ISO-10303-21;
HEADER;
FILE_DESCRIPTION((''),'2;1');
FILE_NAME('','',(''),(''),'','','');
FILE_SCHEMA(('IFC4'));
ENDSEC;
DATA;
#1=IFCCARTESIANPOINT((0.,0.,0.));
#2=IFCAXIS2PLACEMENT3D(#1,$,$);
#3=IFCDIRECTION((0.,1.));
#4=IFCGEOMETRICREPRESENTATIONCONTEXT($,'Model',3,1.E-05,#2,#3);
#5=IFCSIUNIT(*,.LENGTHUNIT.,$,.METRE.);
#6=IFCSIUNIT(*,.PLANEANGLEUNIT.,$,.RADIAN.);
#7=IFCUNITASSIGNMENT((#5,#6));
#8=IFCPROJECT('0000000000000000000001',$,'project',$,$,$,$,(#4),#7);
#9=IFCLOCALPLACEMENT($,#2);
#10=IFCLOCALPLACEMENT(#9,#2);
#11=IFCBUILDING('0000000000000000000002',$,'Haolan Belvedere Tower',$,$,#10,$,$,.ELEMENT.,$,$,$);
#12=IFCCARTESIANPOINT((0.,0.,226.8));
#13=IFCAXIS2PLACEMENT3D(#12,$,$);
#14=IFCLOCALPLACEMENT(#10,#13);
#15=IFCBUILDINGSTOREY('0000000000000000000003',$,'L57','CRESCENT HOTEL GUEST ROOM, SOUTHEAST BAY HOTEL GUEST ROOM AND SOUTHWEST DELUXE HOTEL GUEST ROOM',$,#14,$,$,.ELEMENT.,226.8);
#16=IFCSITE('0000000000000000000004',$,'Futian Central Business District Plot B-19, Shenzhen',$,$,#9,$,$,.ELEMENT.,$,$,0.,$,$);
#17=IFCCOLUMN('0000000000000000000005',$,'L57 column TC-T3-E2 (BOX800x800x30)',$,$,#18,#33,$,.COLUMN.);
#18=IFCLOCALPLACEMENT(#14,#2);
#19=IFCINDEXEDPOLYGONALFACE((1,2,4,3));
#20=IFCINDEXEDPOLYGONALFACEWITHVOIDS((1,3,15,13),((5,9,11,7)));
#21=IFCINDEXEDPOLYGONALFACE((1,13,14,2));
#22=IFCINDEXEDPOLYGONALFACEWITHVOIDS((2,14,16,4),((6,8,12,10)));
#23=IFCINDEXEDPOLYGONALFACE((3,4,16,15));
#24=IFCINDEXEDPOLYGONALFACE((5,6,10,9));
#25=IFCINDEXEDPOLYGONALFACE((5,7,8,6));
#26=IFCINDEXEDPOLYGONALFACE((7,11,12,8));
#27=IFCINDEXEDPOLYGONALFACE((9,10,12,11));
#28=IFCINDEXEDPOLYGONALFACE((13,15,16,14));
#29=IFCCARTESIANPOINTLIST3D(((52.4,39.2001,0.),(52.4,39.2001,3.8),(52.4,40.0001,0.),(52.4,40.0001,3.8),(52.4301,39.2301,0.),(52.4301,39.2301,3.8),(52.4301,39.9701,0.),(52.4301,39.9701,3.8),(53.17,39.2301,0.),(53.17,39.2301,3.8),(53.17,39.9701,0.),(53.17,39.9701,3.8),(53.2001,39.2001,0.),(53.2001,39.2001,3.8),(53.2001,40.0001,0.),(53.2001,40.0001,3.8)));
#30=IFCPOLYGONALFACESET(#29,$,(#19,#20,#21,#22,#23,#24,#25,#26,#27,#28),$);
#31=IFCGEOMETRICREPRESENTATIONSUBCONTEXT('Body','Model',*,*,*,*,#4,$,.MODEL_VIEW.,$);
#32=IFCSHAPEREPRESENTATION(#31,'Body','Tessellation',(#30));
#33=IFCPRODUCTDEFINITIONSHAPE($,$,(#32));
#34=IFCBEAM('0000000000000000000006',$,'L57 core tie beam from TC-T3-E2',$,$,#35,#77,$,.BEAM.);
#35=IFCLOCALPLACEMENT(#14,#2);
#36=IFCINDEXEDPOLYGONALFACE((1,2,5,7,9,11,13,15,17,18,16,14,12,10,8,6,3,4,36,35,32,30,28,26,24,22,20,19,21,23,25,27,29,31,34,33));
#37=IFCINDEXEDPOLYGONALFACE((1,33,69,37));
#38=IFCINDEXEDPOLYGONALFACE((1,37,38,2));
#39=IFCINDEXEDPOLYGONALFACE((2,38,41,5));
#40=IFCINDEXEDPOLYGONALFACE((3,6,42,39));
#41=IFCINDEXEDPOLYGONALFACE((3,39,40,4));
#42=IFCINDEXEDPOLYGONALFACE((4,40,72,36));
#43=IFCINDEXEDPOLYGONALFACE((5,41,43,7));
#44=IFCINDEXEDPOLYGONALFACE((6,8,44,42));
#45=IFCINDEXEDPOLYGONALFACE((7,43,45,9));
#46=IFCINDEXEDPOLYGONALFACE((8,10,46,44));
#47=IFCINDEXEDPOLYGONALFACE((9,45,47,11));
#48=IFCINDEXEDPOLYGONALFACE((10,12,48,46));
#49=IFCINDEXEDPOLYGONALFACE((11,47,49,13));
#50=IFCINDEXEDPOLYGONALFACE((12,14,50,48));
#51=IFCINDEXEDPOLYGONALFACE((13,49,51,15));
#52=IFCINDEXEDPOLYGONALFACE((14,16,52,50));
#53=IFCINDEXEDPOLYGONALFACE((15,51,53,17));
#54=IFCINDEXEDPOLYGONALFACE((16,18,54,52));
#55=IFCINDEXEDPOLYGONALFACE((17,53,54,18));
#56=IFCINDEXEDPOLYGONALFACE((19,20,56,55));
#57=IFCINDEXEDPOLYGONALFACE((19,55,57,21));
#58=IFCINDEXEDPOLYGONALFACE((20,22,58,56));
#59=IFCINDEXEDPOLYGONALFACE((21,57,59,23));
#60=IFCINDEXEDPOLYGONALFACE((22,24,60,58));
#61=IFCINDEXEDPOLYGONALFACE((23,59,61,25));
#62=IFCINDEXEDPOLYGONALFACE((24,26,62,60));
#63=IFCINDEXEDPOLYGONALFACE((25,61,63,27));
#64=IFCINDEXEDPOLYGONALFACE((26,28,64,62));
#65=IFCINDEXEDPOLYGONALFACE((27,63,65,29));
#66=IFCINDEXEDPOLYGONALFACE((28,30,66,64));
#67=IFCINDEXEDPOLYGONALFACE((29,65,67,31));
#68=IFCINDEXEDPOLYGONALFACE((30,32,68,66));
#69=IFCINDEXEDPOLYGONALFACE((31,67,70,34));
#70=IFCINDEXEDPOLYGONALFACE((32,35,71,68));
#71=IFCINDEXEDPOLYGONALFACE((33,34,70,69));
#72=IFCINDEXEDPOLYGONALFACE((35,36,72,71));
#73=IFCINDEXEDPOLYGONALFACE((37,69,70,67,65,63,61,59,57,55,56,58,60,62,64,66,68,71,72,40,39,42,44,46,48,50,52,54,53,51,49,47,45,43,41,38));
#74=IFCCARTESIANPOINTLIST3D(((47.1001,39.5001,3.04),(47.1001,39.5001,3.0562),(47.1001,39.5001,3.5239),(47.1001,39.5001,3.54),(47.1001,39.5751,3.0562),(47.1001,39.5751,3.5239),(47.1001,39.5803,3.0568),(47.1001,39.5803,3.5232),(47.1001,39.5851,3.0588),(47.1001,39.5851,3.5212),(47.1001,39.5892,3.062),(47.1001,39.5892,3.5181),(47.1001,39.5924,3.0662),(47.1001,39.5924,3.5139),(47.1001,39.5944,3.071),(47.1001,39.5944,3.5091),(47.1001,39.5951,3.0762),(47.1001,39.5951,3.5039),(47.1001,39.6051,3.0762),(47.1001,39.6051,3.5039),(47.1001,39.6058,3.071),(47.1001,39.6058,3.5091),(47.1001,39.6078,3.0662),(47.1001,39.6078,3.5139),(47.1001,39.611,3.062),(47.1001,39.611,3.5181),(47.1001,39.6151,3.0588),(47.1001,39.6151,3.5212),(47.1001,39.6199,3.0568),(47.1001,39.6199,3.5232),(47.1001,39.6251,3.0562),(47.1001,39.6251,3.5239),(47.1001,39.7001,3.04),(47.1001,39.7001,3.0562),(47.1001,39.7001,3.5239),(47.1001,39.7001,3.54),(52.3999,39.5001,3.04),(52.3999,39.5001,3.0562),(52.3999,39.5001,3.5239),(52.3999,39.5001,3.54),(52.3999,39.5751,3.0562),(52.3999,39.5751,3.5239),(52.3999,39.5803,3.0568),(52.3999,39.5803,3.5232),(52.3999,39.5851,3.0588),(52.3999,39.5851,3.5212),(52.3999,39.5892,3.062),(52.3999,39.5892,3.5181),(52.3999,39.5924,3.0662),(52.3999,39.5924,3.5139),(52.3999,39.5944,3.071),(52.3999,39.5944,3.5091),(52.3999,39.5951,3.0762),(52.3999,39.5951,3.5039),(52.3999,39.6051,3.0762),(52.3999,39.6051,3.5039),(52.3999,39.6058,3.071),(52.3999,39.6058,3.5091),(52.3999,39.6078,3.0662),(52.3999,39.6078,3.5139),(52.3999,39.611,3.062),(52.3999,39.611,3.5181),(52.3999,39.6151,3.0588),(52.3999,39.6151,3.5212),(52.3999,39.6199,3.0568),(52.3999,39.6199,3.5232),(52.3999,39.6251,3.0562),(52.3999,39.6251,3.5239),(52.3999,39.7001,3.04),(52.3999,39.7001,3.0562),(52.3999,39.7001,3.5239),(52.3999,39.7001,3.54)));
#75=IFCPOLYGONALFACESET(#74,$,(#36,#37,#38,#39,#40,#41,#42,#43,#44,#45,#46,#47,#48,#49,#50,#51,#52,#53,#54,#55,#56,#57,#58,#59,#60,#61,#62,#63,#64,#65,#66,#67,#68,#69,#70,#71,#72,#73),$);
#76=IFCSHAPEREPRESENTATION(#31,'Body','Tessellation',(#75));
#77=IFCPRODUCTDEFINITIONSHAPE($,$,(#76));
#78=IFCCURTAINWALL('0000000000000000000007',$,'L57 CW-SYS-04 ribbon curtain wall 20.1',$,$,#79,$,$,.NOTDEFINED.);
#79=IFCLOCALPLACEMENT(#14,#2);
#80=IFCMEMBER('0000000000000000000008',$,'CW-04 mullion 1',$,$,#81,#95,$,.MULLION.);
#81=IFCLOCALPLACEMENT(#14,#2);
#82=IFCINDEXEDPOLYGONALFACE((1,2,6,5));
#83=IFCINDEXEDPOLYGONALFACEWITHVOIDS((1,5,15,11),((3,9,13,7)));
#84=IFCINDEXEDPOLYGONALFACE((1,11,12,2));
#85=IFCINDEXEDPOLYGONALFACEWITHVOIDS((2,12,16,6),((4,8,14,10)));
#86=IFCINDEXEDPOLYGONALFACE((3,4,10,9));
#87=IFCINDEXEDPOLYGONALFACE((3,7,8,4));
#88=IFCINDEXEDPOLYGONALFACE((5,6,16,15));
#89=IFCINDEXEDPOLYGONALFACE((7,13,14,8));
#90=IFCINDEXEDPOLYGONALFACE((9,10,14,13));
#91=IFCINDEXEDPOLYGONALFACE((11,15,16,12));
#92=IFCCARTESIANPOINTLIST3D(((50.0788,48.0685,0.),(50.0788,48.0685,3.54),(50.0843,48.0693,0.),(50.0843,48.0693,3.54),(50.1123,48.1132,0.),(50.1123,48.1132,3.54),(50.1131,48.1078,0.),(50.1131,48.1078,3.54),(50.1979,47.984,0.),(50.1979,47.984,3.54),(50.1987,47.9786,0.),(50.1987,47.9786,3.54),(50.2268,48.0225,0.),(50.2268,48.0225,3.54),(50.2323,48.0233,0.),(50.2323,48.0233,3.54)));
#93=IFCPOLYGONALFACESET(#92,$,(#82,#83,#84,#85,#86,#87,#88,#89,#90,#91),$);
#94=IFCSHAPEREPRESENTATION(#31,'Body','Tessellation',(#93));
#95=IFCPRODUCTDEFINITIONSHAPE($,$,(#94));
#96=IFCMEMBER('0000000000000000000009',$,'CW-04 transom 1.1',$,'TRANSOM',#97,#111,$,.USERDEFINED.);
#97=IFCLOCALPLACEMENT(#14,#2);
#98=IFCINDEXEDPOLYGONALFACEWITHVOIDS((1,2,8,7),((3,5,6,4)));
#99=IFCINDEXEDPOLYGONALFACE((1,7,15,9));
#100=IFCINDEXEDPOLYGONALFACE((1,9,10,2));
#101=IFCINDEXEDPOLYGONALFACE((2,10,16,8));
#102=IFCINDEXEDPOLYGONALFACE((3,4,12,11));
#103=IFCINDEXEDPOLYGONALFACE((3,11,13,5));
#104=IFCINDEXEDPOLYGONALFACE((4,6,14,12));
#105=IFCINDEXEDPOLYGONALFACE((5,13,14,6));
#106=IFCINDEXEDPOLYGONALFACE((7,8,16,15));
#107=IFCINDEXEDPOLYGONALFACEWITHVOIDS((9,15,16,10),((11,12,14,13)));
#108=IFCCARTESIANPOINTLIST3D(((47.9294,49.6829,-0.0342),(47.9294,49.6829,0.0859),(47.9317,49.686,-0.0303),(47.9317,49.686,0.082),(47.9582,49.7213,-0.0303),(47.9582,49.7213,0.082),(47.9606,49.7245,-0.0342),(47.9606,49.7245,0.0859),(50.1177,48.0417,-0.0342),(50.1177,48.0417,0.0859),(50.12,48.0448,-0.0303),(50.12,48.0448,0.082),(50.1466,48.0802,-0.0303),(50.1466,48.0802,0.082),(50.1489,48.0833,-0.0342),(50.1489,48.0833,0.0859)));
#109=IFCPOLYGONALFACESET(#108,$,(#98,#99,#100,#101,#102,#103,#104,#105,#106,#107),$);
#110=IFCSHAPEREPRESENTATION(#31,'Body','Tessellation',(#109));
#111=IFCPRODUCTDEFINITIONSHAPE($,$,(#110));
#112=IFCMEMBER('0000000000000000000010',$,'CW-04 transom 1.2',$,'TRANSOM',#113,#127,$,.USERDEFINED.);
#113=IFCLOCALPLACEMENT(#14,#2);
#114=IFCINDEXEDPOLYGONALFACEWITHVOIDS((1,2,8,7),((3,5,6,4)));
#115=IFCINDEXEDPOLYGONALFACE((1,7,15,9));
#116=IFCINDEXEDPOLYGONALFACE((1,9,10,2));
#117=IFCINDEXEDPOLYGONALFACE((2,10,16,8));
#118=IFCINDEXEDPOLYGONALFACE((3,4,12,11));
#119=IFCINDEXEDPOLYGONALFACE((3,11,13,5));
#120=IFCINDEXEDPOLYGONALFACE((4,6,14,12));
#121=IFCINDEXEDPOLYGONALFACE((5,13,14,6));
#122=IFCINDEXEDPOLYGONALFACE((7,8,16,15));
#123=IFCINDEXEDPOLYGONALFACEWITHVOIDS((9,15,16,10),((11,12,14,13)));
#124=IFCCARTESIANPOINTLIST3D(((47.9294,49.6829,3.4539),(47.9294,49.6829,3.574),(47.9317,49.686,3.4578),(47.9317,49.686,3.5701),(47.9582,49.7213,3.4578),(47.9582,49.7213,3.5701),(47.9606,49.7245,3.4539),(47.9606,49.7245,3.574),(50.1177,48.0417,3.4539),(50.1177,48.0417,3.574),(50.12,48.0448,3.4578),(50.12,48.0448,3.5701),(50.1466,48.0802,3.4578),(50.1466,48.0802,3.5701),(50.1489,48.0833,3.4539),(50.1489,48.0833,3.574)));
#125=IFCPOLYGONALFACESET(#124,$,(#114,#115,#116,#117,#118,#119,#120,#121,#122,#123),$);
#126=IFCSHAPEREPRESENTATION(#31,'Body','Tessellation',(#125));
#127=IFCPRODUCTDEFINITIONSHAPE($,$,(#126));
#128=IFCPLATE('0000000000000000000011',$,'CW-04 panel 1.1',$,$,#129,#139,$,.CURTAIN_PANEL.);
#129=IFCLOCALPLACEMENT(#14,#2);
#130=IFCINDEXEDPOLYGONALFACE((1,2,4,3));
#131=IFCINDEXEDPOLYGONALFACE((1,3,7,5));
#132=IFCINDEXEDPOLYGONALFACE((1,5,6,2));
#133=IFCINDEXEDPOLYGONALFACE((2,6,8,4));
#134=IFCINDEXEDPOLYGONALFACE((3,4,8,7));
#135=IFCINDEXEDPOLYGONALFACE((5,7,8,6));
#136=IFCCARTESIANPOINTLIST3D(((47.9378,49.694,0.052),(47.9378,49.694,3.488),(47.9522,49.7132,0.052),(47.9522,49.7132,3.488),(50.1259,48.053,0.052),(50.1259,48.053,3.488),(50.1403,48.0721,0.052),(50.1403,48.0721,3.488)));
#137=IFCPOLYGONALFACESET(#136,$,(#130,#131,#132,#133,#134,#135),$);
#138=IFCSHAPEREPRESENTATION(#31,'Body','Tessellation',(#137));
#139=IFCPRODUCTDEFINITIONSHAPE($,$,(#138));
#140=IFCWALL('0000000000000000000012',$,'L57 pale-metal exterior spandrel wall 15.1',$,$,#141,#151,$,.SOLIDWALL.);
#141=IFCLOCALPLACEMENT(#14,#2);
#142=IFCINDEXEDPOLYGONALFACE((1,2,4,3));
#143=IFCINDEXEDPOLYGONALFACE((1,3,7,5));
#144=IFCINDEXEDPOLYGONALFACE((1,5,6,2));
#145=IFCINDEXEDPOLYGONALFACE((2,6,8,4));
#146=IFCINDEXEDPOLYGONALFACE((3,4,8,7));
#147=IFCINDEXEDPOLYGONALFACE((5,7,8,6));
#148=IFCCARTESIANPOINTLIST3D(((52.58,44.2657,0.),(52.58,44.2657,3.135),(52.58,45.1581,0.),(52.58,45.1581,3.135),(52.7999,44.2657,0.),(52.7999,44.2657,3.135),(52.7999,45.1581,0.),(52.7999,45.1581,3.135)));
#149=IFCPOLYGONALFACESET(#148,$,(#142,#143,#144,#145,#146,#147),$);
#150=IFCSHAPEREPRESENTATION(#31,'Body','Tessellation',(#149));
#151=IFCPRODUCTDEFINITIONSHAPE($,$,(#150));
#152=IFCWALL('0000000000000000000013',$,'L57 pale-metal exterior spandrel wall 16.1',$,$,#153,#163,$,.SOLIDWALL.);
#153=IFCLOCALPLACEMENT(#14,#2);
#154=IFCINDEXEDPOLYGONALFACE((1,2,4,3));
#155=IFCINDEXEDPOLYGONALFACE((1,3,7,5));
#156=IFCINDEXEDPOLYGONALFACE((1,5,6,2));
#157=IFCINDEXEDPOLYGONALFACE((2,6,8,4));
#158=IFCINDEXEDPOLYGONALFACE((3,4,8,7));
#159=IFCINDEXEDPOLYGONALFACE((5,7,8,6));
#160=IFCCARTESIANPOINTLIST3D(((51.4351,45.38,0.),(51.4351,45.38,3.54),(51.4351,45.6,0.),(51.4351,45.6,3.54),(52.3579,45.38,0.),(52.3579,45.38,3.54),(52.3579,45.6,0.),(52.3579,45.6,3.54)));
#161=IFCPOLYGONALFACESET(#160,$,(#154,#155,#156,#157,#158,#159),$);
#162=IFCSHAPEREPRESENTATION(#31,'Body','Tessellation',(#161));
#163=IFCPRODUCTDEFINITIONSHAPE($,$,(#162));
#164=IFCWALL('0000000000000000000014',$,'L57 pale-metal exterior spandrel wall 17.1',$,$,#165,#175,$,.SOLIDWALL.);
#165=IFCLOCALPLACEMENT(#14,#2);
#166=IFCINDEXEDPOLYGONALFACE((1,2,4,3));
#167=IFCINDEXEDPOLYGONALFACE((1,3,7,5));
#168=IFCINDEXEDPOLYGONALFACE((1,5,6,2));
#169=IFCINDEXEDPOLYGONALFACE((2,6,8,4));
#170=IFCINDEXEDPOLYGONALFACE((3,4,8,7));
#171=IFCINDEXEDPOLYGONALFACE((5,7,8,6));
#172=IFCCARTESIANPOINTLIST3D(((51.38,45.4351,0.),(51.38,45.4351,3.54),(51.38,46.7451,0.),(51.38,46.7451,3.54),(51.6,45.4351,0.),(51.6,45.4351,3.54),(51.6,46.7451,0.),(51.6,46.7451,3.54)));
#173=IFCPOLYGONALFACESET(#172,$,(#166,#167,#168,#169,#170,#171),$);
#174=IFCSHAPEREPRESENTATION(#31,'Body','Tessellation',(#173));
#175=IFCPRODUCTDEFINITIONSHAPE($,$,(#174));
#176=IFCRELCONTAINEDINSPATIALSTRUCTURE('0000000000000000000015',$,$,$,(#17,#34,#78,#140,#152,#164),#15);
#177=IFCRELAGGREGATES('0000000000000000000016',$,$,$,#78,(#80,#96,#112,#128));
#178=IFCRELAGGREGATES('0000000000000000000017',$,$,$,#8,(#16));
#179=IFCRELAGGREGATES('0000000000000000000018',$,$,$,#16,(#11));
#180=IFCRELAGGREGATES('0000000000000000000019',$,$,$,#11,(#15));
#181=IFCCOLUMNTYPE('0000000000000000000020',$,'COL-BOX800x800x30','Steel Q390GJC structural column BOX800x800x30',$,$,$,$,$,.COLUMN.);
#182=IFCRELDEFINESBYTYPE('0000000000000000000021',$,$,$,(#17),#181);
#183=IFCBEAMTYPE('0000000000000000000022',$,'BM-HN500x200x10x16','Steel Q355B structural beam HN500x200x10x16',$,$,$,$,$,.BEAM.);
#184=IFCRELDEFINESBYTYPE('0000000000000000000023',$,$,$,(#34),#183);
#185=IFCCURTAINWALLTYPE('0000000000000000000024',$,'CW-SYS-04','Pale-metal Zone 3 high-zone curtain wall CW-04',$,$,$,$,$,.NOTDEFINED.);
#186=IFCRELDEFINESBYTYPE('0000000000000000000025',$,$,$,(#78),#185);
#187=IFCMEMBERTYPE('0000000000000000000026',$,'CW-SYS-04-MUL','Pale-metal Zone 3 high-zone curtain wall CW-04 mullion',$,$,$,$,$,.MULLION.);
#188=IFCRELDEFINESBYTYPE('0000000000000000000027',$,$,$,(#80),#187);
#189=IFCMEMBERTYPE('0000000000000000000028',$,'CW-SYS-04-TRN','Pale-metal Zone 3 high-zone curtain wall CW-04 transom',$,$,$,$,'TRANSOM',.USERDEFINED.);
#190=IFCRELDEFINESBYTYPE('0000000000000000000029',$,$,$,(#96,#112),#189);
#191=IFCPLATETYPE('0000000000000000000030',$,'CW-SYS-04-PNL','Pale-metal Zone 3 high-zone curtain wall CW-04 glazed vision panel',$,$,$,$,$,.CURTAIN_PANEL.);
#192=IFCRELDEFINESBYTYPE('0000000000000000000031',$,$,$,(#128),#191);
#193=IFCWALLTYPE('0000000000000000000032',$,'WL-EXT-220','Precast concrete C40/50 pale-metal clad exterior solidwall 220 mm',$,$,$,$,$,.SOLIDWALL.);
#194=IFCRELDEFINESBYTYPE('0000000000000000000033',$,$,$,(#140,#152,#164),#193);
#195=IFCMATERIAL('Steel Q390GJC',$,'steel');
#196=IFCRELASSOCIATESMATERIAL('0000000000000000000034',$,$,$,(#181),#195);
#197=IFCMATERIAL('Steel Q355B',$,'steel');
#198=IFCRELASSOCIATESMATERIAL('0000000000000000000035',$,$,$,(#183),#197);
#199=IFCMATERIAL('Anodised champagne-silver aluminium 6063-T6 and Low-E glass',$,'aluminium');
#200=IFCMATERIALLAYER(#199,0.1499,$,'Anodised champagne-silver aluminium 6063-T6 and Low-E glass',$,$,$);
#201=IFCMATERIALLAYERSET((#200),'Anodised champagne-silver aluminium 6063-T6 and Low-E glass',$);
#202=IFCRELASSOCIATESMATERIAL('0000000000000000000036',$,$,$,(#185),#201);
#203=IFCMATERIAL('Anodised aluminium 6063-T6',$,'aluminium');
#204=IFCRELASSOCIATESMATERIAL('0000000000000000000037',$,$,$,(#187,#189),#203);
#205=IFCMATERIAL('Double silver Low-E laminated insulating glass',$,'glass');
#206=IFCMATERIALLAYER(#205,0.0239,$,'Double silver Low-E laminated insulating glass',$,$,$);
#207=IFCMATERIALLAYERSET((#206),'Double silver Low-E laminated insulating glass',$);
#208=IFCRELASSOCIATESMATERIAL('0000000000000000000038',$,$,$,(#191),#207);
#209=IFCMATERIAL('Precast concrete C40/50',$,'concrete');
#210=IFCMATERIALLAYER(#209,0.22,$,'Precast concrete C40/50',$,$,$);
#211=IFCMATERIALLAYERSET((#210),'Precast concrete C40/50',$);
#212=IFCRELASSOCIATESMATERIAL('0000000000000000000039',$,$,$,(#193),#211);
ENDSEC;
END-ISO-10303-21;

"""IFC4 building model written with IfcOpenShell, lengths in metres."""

from ifc_helpers import new_model, si_unit, direction, frame, frame_2d, origin, origin_2d, place, context, subcontext, project, spatial, rectangle, hollow_rectangle, i_section, extrude, material, layer, layer_set, material_profile, profile_set, type_object, element, aggregate, save


model = new_model("IFC4")

# Units and contexts
model_context = context("Model", 3, precision=1e-05, world=origin(), true_north=direction((0.0, 1.0)))
body_context = subcontext(model_context, "Body", "Model", "MODEL_VIEW")
ifc_project = project(units=[si_unit("LENGTHUNIT", "METRE"), si_unit("PLANEANGLEUNIT", "RADIAN")], contexts=[model_context])

# Site, building, storey
site_placement = place(None, origin())
site = spatial("IfcSite", under=ifc_project, at=site_placement, Name="Futian Central Business District Plot B-19, Shenzhen", CompositionType="ELEMENT", RefElevation=0.0)
building_placement = place(site_placement, origin())
building = spatial("IfcBuilding", under=site, at=building_placement, Name="Haolan Belvedere Tower", CompositionType="ELEMENT")
storey_placement = place(building_placement, frame((0.0, 0.0, 226.8)))
storey = spatial("IfcBuildingStorey", under=building, at=storey_placement, Name="L57", Description="CRESCENT HOTEL GUEST ROOM, SOUTHEAST BAY HOTEL GUEST ROOM AND SOUTHWEST DELUXE HOTEL GUEST ROOM", CompositionType="ELEMENT", Elevation=226.8)

# Column
ifc_material_1 = material(Name="Steel Q390GJC", Category="steel")
ifc_material_profile_1 = material_profile(ifc_material_1, hollow_rectangle(XDim=0.8, YDim=0.8, WallThickness=0.03, at=origin_2d()), Name="Steel Q390GJC")
ifc_profile_set_1 = profile_set([ifc_material_profile_1], Name="Steel Q390GJC")
column_type = type_object("IfcColumnType", Name="COL-BOX800x800x30", Description="Steel Q390GJC structural column BOX800x800x30", PredefinedType="COLUMN", material=ifc_profile_set_1)
column_placement = place(storey_placement, frame((52.8, 39.6001, 0.0), z_axis=(0.0, 0.0, 1.0), x_axis=(1.0, 0.0, 0.0)))
element("IfcColumn", 1, at=column_placement, inside=storey, type_object=column_type, Name="L57 column TC-T3-E2 (BOX800x800x30)", PredefinedType="COLUMN", context=body_context, shape_type="SweptSolid", body=[
    extrude(hollow_rectangle(XDim=0.8, YDim=0.8, WallThickness=0.03, at=origin_2d()), origin(), (0.0, 0.0, 1.0), 3.8),
])

# Beam
ifc_material_2 = material(Name="Steel Q355B", Category="steel")
ifc_material_profile_2 = material_profile(ifc_material_2, i_section(OverallWidth=0.2, OverallDepth=0.5, WebThickness=0.01, FlangeThickness=0.0161, FilletRadius=0.02, at=origin_2d()), Name="Steel Q355B")
ifc_profile_set_2 = profile_set([ifc_material_profile_2], Name="Steel Q355B")
beam_type = type_object("IfcBeamType", Name="BM-HN500x200x10x16", Description="Steel Q355B structural beam HN500x200x10x16", PredefinedType="BEAM", material=ifc_profile_set_2)
beam_placement = place(storey_placement, frame((52.3999, 39.6001, 3.29), z_axis=(-1.0, 0.0, 0.0), x_axis=(0.0, -1.0, 0.0)))
element("IfcBeam", 2, at=beam_placement, inside=storey, type_object=beam_type, Name="L57 core tie beam from TC-T3-E2", PredefinedType="BEAM", context=body_context, shape_type="SweptSolid", body=[
    extrude(i_section(OverallWidth=0.2, OverallDepth=0.5, WebThickness=0.01, FlangeThickness=0.0161, FilletRadius=0.02, at=origin_2d()), origin(), (0.0, 0.0, 1.0), 5.2998),
])

# Curtain wall, members, plate
ifc_material_3 = material(Name="Anodised champagne-silver aluminium 6063-T6 and Low-E glass", Category="aluminium")
ifc_layer_1 = layer(ifc_material_3, 0.1499, Name="Anodised champagne-silver aluminium 6063-T6 and Low-E glass")
ifc_layer_set_1 = layer_set([ifc_layer_1], Name="Anodised champagne-silver aluminium 6063-T6 and Low-E glass")
curtain_wall_type = type_object("IfcCurtainWallType", Name="CW-SYS-04", Description="Pale-metal Zone 3 high-zone curtain wall CW-04", PredefinedType="NOTDEFINED", material=ifc_layer_set_1)
curtain_wall_placement = place(storey_placement, origin())
curtain_wall = element("IfcCurtainWall", 3, at=curtain_wall_placement, inside=storey, type_object=curtain_wall_type, Name="L57 CW-SYS-04 ribbon curtain wall 20.1", PredefinedType="NOTDEFINED")
ifc_material_4 = material(Name="Anodised aluminium 6063-T6", Category="aluminium")
ifc_material_profile_3 = material_profile(ifc_material_4, hollow_rectangle(XDim=0.0559, YDim=0.1499, WallThickness=0.0039, at=origin_2d()), Name="Anodised aluminium 6063-T6")
ifc_profile_set_3 = profile_set([ifc_material_profile_3], Name="Anodised aluminium 6063-T6")
member_type_1 = type_object("IfcMemberType", Name="CW-SYS-04-MUL", Description="Pale-metal Zone 3 high-zone curtain wall CW-04 mullion", PredefinedType="MULLION", material=ifc_profile_set_3)
member_1_placement = place(storey_placement, frame((50.1555, 48.0459, 0.0), z_axis=(0.0, 0.0, 1.0), x_axis=(-0.600003, -0.799998, 0.0)))
member_1 = element("IfcMember", 4, at=member_1_placement, type_object=member_type_1, Name="CW-04 mullion 1", PredefinedType="MULLION", context=body_context, shape_type="SweptSolid", body=[
    extrude(hollow_rectangle(XDim=0.0559, YDim=0.1499, WallThickness=0.0039, at=origin_2d()), origin(), (0.0, 0.0, 1.0), 3.54),
])
ifc_material_profile_4 = material_profile(ifc_material_4, hollow_rectangle(XDim=0.052, YDim=0.1201, WallThickness=0.0039, at=origin_2d()), Name="Anodised aluminium 6063-T6")
ifc_profile_set_4 = profile_set([ifc_material_profile_4], Name="Anodised aluminium 6063-T6")
member_type_2 = type_object("IfcMemberType", Name="CW-SYS-04-TRN", Description="Pale-metal Zone 3 high-zone curtain wall CW-04 transom", ElementType="TRANSOM", PredefinedType="USERDEFINED", material=ifc_profile_set_4)
member_2_placement = place(storey_placement, frame((50.1333, 48.0625, 0.0259), z_axis=(-0.800011, 0.599986, 0.0), x_axis=(-0.599986, -0.800011, 0.0)))
member_2 = element("IfcMember", 5, at=member_2_placement, type_object=member_type_2, Name="CW-04 transom 1.1", ObjectType="TRANSOM", PredefinedType="USERDEFINED", context=body_context, shape_type="SweptSolid", body=[
    extrude(hollow_rectangle(XDim=0.052, YDim=0.1201, WallThickness=0.0039, at=origin_2d()), origin(), (0.0, 0.0, 1.0), 2.7354),
])
member_3_placement = place(storey_placement, frame((50.1333, 48.0625, 3.5139), z_axis=(-0.800011, 0.599986, 0.0), x_axis=(-0.599986, -0.800011, 0.0)))
member_3 = element("IfcMember", 6, at=member_3_placement, type_object=member_type_2, Name="CW-04 transom 1.2", ObjectType="TRANSOM", PredefinedType="USERDEFINED", context=body_context, shape_type="SweptSolid", body=[
    extrude(hollow_rectangle(XDim=0.052, YDim=0.1201, WallThickness=0.0039, at=origin_2d()), origin(), (0.0, 0.0, 1.0), 2.7354),
])
ifc_material_5 = material(Name="Double silver Low-E laminated insulating glass", Category="glass")
ifc_layer_2 = layer(ifc_material_5, 0.0239, Name="Double silver Low-E laminated insulating glass")
ifc_layer_set_2 = layer_set([ifc_layer_2], Name="Double silver Low-E laminated insulating glass")
plate_type = type_object("IfcPlateType", Name="CW-SYS-04-PNL", Description="Pale-metal Zone 3 high-zone curtain wall CW-04 glazed vision panel", PredefinedType="CURTAIN_PANEL", material=ifc_layer_set_2)
plate_placement = place(storey_placement, frame((49.0391, 48.8831, 0.052), z_axis=(0.0, 0.0, 1.0), x_axis=(-0.799998, 0.600003, 0.0)))
plate = element("IfcPlate", 7, at=plate_placement, type_object=plate_type, Name="CW-04 panel 1.1", PredefinedType="CURTAIN_PANEL", context=body_context, shape_type="SweptSolid", body=[
    extrude(rectangle(XDim=2.7351, YDim=0.0239, at=origin_2d()), origin(), (0.0, 0.0, 1.0), 3.436),
])
aggregate(curtain_wall, [member_1, member_2, member_3, plate])

# Walls
ifc_material_6 = material(Name="Precast concrete C40/50", Category="concrete")
ifc_layer_3 = layer(ifc_material_6, 0.22, Name="Precast concrete C40/50")
ifc_layer_set_3 = layer_set([ifc_layer_3], Name="Precast concrete C40/50")
wall_type_1 = type_object("IfcWallType", Name="WL-EXT-220", Description="Precast concrete C40/50 pale-metal clad exterior solidwall 220 mm", PredefinedType="SOLIDWALL", material=ifc_layer_set_3)
wall_1_placement = place(storey_placement, frame((52.6899, 44.2656, 0.0), z_axis=(0.0, 0.0, 1.0), x_axis=(0.0, 1.0, 0.0)))
element("IfcWall", 8, at=wall_1_placement, inside=storey, type_object=wall_type_1, Name="L57 pale-metal exterior spandrel wall 15.1", PredefinedType="SOLIDWALL", context=body_context, shape_type="SweptSolid", body=[
    extrude(rectangle(XDim=0.8923, YDim=0.22, at=frame_2d((0.4463, 0.0))), origin(), (0.0, 0.0, 1.0), 3.135),
])
wall_2_placement = place(storey_placement, frame((52.3579, 45.49, 0.0), z_axis=(0.0, 0.0, 1.0), x_axis=(-1.0, 0.0, 0.0)))
element("IfcWall", 9, at=wall_2_placement, inside=storey, type_object=wall_type_1, Name="L57 pale-metal exterior spandrel wall 16.1", PredefinedType="SOLIDWALL", context=body_context, shape_type="SweptSolid", body=[
    extrude(rectangle(XDim=0.9229, YDim=0.22, at=frame_2d((0.4614, 0.0))), origin(), (0.0, 0.0, 1.0), 3.54),
])
wall_3_placement = place(storey_placement, frame((51.49, 45.4351, 0.0), z_axis=(0.0, 0.0, 1.0), x_axis=(0.0, 1.0, 0.0)))
element("IfcWall", 10, at=wall_3_placement, inside=storey, type_object=wall_type_1, Name="L57 pale-metal exterior spandrel wall 17.1", PredefinedType="SOLIDWALL", context=body_context, shape_type="SweptSolid", body=[
    extrude(rectangle(XDim=1.3101, YDim=0.22, at=frame_2d((0.655, 0.0))), origin(), (0.0, 0.0, 1.0), 3.54),
])

save(model, "model.ifc")
